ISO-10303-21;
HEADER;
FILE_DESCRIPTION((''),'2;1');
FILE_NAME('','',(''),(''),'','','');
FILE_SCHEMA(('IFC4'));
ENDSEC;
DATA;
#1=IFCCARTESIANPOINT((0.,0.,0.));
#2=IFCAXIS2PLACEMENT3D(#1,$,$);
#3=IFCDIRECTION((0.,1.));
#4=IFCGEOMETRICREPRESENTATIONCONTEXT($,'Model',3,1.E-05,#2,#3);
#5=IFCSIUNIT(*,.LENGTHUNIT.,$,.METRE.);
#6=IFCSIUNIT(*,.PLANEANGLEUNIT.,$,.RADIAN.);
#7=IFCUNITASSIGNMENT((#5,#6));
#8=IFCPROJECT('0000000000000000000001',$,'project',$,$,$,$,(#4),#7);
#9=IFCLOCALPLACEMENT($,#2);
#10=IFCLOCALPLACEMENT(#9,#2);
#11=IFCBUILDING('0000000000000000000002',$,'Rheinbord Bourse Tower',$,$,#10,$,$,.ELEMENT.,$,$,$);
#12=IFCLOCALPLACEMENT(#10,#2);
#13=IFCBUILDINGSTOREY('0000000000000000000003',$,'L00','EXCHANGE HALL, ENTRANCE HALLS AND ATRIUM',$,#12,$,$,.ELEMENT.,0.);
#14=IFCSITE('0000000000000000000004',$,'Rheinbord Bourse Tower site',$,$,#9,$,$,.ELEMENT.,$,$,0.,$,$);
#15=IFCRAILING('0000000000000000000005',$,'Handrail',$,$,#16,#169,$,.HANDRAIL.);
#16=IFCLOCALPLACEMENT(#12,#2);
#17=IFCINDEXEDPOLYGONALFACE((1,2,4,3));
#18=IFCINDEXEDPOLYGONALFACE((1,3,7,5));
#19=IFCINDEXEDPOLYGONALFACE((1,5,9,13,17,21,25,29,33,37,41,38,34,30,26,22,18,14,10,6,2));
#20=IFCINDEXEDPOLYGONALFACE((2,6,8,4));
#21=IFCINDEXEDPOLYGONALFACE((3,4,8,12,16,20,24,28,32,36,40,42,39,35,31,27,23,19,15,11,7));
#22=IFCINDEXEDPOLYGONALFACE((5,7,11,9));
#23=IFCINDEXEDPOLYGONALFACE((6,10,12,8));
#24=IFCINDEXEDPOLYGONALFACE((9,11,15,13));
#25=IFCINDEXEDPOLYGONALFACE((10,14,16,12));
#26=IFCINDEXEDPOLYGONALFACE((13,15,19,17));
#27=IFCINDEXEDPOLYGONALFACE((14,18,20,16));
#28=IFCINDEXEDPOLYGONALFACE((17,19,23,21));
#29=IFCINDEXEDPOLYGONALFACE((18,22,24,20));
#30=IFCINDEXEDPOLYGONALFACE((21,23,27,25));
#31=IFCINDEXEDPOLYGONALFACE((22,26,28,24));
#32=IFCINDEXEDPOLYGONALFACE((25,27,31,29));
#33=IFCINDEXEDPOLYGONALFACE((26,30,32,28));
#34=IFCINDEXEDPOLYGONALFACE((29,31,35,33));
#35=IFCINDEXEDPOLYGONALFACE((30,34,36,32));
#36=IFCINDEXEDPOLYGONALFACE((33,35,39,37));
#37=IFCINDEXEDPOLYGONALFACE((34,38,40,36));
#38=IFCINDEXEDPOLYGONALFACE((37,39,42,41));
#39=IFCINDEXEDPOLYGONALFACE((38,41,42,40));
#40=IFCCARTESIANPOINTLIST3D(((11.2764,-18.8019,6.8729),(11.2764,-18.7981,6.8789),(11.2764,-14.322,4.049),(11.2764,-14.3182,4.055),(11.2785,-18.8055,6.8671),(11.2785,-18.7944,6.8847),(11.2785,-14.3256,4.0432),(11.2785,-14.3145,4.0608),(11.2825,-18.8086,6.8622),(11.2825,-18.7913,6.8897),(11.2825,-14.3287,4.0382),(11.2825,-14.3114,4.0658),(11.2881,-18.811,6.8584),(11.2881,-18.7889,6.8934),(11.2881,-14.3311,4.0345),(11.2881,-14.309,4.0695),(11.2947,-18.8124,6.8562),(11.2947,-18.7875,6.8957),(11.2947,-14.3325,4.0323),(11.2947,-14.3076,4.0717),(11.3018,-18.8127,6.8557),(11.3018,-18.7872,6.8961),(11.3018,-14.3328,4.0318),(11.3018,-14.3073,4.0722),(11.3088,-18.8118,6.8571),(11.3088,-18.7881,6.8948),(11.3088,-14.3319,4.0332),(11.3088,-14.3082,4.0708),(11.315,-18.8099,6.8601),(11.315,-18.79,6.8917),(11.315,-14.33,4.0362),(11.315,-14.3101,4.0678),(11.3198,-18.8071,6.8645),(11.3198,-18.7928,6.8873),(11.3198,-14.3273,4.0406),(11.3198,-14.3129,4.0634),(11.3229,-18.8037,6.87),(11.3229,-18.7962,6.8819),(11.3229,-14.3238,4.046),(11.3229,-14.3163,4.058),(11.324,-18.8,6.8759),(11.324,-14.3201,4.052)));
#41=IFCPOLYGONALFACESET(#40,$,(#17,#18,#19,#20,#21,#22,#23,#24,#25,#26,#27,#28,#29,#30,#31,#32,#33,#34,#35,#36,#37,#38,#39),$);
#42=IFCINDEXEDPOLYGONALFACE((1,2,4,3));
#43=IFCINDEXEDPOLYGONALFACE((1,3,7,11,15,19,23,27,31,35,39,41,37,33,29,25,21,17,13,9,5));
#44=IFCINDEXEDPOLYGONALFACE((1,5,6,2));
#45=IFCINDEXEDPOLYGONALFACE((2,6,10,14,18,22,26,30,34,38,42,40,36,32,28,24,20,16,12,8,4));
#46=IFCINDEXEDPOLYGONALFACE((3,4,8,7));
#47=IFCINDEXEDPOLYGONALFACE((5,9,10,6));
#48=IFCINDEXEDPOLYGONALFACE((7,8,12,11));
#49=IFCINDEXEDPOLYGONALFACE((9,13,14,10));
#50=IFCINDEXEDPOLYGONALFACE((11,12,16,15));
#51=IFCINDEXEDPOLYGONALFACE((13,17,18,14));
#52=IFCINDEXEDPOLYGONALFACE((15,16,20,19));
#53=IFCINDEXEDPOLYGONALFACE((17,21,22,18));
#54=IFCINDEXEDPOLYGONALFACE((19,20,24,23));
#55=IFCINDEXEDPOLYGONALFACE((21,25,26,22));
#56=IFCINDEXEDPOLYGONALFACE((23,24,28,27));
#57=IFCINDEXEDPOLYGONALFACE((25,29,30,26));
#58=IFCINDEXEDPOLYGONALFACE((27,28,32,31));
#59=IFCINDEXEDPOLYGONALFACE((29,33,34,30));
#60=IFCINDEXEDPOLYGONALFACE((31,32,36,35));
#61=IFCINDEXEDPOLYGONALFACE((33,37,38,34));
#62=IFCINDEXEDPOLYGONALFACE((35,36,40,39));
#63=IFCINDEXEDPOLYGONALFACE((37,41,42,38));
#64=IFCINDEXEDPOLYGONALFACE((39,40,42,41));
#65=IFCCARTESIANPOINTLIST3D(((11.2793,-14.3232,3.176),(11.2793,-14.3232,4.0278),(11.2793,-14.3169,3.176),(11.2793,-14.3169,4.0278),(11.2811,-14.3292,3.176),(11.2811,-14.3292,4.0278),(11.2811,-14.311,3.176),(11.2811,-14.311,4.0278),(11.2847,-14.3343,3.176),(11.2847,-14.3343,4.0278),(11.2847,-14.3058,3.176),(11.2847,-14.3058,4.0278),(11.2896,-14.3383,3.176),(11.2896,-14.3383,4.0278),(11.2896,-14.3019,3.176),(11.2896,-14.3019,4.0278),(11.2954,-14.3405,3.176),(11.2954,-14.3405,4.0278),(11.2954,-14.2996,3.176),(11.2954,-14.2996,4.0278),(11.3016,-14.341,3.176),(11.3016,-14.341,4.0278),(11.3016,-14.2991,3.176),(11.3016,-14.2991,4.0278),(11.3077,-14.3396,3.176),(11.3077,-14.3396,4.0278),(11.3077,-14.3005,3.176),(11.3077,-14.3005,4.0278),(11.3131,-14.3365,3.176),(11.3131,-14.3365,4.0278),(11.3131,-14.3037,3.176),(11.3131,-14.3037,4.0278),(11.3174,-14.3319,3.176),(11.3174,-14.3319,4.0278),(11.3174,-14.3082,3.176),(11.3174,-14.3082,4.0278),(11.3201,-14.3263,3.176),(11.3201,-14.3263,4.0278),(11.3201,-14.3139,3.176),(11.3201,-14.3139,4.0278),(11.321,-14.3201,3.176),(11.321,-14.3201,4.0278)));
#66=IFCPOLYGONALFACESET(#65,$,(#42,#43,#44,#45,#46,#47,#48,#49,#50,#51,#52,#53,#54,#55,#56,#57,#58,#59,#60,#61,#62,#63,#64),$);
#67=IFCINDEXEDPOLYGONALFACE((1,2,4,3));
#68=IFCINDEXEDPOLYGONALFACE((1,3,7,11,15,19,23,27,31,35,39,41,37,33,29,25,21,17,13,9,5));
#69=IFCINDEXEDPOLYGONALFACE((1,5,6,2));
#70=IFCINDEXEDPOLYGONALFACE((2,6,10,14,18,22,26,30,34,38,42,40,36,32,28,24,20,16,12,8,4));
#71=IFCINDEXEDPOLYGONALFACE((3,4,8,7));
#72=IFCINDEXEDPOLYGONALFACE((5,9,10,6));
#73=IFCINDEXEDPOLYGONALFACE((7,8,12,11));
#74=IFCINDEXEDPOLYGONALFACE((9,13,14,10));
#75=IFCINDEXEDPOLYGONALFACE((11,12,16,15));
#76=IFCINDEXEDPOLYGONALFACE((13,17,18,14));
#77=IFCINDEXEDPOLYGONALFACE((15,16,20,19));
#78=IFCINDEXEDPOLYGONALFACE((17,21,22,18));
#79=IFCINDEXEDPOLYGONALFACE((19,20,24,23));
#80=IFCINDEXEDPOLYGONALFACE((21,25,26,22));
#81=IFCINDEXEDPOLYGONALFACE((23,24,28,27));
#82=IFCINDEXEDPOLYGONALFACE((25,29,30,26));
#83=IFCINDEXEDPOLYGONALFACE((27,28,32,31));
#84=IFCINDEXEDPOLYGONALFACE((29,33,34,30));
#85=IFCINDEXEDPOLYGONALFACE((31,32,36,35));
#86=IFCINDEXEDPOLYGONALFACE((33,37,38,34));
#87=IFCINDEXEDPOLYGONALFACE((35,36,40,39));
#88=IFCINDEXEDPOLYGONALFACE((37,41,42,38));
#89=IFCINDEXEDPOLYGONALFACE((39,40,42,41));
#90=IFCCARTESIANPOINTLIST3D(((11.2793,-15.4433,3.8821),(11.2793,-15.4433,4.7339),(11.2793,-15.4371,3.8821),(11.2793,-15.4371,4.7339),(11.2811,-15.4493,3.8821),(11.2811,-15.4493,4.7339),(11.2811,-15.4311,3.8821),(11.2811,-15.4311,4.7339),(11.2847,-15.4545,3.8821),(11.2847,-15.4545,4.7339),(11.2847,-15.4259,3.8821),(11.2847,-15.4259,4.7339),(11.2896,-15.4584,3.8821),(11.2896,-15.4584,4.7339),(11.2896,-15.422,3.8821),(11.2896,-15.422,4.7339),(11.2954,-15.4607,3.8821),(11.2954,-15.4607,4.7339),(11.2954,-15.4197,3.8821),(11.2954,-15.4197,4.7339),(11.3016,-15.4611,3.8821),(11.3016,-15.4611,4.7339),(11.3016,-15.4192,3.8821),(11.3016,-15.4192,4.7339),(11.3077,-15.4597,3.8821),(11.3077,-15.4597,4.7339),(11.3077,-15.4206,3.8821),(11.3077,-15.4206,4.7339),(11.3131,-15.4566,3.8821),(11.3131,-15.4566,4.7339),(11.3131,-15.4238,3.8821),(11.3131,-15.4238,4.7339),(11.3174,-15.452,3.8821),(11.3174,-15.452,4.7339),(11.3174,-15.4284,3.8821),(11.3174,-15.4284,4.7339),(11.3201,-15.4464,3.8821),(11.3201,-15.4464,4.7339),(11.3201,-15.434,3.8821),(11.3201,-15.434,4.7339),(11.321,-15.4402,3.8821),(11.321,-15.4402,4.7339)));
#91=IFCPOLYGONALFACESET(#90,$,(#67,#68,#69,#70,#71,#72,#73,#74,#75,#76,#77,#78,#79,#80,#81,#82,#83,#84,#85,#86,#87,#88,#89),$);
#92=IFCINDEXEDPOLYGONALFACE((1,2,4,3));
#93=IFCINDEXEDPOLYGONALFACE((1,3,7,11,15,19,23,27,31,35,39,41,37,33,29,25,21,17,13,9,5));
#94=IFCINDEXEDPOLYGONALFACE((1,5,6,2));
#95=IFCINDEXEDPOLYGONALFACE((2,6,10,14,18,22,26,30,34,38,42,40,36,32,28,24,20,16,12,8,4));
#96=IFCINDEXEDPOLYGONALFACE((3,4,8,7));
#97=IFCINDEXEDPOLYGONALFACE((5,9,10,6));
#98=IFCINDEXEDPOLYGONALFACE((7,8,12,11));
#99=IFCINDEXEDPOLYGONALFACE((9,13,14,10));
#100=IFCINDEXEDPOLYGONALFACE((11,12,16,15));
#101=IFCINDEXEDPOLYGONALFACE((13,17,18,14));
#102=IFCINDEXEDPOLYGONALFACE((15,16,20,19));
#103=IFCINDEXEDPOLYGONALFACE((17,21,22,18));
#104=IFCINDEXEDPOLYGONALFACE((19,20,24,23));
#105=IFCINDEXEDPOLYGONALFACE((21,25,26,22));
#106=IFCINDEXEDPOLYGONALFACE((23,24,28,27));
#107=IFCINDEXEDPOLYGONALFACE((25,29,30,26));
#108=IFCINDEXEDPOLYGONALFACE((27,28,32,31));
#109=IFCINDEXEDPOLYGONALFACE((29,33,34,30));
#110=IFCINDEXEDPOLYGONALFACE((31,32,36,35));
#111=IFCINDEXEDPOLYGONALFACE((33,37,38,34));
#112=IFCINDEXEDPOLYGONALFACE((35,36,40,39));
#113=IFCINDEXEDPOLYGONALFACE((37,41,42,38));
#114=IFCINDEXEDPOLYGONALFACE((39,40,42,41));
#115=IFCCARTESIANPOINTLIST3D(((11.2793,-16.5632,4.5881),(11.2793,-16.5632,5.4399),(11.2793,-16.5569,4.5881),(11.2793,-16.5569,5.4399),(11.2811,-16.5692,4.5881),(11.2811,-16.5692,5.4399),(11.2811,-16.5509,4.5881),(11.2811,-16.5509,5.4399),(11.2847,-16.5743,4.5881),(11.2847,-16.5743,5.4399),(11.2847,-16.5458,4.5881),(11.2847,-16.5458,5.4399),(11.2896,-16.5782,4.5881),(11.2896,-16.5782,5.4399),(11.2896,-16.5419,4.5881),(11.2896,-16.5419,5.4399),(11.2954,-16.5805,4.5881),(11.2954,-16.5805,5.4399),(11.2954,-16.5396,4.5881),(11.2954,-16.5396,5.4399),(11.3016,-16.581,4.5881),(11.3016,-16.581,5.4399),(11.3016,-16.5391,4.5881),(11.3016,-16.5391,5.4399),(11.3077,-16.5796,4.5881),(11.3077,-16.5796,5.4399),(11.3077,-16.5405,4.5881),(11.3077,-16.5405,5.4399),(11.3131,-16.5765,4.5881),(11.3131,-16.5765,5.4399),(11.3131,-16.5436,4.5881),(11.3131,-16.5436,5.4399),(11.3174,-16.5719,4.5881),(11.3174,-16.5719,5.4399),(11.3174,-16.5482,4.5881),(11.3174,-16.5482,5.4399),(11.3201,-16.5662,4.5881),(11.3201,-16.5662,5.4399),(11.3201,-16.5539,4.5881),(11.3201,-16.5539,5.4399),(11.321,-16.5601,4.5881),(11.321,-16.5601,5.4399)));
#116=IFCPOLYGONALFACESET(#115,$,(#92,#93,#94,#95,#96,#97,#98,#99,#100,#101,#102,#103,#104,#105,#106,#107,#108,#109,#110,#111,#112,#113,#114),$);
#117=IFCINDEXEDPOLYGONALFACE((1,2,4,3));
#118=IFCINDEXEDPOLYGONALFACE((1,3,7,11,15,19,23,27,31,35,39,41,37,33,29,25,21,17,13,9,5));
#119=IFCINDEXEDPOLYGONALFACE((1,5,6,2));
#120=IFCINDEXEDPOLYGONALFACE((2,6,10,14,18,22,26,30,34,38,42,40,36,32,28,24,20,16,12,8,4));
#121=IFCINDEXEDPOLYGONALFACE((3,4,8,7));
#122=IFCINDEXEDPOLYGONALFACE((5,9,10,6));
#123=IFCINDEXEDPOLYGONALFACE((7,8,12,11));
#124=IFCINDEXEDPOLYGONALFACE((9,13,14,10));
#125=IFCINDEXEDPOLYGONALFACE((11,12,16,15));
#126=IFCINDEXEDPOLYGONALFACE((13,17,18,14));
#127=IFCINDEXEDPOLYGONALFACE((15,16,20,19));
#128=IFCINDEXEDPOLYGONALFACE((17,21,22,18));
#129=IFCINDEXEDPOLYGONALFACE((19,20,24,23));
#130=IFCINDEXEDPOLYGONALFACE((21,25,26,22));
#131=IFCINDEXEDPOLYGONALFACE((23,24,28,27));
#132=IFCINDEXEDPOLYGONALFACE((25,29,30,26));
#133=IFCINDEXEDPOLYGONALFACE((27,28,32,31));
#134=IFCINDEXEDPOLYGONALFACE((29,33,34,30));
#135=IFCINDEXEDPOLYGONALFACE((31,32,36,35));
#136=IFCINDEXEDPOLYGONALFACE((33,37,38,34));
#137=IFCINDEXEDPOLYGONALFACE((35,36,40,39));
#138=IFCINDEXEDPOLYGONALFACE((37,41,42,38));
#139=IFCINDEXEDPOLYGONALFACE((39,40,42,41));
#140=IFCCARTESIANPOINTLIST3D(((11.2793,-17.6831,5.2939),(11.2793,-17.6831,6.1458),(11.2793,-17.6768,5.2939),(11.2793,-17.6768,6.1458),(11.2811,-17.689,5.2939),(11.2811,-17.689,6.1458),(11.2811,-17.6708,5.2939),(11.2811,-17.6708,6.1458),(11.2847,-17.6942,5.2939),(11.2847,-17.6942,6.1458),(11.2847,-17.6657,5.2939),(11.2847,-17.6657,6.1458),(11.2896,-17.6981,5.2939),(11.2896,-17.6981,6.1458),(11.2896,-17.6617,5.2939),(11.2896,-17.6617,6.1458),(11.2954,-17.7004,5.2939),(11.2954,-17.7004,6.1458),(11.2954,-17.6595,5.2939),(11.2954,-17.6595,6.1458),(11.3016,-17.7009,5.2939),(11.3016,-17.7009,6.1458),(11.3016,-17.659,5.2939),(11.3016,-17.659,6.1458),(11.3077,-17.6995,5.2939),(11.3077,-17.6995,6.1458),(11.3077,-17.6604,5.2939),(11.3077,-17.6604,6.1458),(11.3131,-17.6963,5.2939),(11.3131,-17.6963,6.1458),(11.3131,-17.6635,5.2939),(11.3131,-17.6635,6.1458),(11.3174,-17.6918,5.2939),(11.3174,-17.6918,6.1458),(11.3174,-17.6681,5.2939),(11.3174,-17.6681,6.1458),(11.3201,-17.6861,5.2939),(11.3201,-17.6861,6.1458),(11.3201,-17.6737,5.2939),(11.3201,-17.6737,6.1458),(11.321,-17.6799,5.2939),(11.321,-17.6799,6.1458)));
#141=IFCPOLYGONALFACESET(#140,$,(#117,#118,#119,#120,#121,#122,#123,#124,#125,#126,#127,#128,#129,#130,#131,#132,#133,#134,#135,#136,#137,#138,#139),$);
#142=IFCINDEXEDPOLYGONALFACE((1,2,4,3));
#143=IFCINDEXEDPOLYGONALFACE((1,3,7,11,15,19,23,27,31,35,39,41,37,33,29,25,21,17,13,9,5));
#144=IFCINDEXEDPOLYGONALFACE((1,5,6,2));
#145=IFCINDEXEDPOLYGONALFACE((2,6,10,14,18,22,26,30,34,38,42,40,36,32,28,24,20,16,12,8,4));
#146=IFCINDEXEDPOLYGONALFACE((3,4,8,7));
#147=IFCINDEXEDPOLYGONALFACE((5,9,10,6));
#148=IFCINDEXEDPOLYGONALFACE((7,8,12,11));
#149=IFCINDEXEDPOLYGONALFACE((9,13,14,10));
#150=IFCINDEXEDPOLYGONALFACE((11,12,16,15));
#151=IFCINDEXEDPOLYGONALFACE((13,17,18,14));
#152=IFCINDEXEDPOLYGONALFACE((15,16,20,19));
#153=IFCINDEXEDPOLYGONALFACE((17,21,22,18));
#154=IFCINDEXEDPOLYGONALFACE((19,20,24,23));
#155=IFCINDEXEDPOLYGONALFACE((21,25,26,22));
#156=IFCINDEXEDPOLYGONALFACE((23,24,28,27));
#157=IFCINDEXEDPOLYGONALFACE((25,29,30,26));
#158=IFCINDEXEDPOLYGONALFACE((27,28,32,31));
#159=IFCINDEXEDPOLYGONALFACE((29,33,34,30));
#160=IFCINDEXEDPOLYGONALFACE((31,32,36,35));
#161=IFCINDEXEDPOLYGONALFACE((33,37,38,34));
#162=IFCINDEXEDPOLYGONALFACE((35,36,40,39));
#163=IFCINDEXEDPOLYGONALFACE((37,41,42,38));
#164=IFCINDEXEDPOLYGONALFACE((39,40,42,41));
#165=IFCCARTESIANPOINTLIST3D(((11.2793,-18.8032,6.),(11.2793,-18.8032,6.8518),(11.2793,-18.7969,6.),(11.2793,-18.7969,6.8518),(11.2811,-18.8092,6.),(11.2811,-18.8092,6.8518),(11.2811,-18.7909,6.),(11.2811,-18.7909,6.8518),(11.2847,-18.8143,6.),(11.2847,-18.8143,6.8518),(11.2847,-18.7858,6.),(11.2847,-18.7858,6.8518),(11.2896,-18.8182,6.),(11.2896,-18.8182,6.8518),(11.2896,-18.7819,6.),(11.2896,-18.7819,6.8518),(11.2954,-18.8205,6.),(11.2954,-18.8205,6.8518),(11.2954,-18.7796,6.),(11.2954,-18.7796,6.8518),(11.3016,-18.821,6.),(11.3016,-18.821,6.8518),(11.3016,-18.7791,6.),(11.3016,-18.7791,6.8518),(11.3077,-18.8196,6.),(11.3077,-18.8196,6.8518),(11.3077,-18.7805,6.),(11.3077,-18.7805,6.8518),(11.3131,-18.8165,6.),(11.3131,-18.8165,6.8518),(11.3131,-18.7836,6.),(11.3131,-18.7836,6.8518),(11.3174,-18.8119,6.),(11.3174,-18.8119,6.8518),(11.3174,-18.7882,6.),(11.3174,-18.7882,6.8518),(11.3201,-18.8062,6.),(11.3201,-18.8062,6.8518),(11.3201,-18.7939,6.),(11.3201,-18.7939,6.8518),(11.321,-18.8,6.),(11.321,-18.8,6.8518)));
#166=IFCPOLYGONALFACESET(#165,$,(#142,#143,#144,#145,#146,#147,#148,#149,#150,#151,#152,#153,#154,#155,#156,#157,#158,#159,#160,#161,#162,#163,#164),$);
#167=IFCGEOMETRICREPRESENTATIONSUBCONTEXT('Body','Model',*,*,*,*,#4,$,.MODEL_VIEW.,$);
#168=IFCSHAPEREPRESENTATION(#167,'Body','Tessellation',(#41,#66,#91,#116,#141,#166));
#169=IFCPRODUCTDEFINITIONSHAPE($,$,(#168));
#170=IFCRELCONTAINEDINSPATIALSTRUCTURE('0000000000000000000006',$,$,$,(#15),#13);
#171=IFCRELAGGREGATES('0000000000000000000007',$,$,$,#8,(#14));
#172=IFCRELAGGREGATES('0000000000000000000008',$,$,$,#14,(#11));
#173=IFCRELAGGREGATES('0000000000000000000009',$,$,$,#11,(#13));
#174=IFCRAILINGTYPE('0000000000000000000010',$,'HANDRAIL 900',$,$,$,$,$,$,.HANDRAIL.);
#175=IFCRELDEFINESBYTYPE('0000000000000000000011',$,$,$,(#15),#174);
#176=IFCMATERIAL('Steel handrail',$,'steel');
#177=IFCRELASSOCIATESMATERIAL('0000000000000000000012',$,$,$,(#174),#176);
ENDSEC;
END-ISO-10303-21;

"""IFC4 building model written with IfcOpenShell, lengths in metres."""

from ifc_helpers import new_model, si_unit, direction, frame, origin, origin_2d, place, context, subcontext, project, spatial, circle, extrude, material, type_object, element, save


model = new_model("IFC4")

# Units and contexts
model_context = context("Model", 3, precision=1e-05, world=origin(), true_north=direction((0.0, 1.0)))
body_context = subcontext(model_context, "Body", "Model", "MODEL_VIEW")
ifc_project = project(units=[si_unit("LENGTHUNIT", "METRE"), si_unit("PLANEANGLEUNIT", "RADIAN")], contexts=[model_context])

# Site, building, storey
site_placement = place(None, origin())
site = spatial("IfcSite", under=ifc_project, at=site_placement, Name="Rheinbord Bourse Tower site", CompositionType="ELEMENT", RefElevation=0.0)
building_placement = place(site_placement, origin())
building = spatial("IfcBuilding", under=site, at=building_placement, Name="Rheinbord Bourse Tower", CompositionType="ELEMENT")
storey_placement = place(building_placement, origin())
storey = spatial("IfcBuildingStorey", under=building, at=storey_placement, Name="L00", Description="EXCHANGE HALL, ENTRANCE HALLS AND ATRIUM", CompositionType="ELEMENT", Elevation=0.0)

# Railing
ifc_material_1 = material(Name="Steel handrail", Category="steel")
railing_type = type_object("IfcRailingType", Name="HANDRAIL 900", PredefinedType="HANDRAIL", material=ifc_material_1)
railing_1_placement = place(storey_placement, frame((11.3, -14.3201, 3.176)))
element("IfcRailing", 1, at=railing_1_placement, inside=storey, type_object=railing_type, Name="Handrail", PredefinedType="HANDRAIL", context=body_context, shape_type="SweptSolid", body=[
    extrude(circle(Radius=0.0239, at=origin_2d()), frame((0.0, 0.0, 0.876), z_axis=(0.0, -0.845956, 0.533252), x_axis=(1.0, 0.0, 0.0)), (0.0, 0.0, 1.0), 5.2957),
    extrude(circle(Radius=0.021, at=origin_2d()), origin(), (0.0, 0.0, 1.0), 0.8518),
    extrude(circle(Radius=0.021, at=origin_2d()), frame((0.0, -1.1201, 0.7061)), (0.0, 0.0, 1.0), 0.8518),
    extrude(circle(Radius=0.021, at=origin_2d()), frame((0.0, -2.24, 1.4121)), (0.0, 0.0, 1.0), 0.8518),
    extrude(circle(Radius=0.021, at=origin_2d()), frame((0.0, -3.3599, 2.1179)), (0.0, 0.0, 1.0), 0.8518),
    extrude(circle(Radius=0.021, at=origin_2d()), frame((0.0, -4.48, 2.824)), (0.0, 0.0, 1.0), 0.8518),
])

save(model, "model.ifc")
